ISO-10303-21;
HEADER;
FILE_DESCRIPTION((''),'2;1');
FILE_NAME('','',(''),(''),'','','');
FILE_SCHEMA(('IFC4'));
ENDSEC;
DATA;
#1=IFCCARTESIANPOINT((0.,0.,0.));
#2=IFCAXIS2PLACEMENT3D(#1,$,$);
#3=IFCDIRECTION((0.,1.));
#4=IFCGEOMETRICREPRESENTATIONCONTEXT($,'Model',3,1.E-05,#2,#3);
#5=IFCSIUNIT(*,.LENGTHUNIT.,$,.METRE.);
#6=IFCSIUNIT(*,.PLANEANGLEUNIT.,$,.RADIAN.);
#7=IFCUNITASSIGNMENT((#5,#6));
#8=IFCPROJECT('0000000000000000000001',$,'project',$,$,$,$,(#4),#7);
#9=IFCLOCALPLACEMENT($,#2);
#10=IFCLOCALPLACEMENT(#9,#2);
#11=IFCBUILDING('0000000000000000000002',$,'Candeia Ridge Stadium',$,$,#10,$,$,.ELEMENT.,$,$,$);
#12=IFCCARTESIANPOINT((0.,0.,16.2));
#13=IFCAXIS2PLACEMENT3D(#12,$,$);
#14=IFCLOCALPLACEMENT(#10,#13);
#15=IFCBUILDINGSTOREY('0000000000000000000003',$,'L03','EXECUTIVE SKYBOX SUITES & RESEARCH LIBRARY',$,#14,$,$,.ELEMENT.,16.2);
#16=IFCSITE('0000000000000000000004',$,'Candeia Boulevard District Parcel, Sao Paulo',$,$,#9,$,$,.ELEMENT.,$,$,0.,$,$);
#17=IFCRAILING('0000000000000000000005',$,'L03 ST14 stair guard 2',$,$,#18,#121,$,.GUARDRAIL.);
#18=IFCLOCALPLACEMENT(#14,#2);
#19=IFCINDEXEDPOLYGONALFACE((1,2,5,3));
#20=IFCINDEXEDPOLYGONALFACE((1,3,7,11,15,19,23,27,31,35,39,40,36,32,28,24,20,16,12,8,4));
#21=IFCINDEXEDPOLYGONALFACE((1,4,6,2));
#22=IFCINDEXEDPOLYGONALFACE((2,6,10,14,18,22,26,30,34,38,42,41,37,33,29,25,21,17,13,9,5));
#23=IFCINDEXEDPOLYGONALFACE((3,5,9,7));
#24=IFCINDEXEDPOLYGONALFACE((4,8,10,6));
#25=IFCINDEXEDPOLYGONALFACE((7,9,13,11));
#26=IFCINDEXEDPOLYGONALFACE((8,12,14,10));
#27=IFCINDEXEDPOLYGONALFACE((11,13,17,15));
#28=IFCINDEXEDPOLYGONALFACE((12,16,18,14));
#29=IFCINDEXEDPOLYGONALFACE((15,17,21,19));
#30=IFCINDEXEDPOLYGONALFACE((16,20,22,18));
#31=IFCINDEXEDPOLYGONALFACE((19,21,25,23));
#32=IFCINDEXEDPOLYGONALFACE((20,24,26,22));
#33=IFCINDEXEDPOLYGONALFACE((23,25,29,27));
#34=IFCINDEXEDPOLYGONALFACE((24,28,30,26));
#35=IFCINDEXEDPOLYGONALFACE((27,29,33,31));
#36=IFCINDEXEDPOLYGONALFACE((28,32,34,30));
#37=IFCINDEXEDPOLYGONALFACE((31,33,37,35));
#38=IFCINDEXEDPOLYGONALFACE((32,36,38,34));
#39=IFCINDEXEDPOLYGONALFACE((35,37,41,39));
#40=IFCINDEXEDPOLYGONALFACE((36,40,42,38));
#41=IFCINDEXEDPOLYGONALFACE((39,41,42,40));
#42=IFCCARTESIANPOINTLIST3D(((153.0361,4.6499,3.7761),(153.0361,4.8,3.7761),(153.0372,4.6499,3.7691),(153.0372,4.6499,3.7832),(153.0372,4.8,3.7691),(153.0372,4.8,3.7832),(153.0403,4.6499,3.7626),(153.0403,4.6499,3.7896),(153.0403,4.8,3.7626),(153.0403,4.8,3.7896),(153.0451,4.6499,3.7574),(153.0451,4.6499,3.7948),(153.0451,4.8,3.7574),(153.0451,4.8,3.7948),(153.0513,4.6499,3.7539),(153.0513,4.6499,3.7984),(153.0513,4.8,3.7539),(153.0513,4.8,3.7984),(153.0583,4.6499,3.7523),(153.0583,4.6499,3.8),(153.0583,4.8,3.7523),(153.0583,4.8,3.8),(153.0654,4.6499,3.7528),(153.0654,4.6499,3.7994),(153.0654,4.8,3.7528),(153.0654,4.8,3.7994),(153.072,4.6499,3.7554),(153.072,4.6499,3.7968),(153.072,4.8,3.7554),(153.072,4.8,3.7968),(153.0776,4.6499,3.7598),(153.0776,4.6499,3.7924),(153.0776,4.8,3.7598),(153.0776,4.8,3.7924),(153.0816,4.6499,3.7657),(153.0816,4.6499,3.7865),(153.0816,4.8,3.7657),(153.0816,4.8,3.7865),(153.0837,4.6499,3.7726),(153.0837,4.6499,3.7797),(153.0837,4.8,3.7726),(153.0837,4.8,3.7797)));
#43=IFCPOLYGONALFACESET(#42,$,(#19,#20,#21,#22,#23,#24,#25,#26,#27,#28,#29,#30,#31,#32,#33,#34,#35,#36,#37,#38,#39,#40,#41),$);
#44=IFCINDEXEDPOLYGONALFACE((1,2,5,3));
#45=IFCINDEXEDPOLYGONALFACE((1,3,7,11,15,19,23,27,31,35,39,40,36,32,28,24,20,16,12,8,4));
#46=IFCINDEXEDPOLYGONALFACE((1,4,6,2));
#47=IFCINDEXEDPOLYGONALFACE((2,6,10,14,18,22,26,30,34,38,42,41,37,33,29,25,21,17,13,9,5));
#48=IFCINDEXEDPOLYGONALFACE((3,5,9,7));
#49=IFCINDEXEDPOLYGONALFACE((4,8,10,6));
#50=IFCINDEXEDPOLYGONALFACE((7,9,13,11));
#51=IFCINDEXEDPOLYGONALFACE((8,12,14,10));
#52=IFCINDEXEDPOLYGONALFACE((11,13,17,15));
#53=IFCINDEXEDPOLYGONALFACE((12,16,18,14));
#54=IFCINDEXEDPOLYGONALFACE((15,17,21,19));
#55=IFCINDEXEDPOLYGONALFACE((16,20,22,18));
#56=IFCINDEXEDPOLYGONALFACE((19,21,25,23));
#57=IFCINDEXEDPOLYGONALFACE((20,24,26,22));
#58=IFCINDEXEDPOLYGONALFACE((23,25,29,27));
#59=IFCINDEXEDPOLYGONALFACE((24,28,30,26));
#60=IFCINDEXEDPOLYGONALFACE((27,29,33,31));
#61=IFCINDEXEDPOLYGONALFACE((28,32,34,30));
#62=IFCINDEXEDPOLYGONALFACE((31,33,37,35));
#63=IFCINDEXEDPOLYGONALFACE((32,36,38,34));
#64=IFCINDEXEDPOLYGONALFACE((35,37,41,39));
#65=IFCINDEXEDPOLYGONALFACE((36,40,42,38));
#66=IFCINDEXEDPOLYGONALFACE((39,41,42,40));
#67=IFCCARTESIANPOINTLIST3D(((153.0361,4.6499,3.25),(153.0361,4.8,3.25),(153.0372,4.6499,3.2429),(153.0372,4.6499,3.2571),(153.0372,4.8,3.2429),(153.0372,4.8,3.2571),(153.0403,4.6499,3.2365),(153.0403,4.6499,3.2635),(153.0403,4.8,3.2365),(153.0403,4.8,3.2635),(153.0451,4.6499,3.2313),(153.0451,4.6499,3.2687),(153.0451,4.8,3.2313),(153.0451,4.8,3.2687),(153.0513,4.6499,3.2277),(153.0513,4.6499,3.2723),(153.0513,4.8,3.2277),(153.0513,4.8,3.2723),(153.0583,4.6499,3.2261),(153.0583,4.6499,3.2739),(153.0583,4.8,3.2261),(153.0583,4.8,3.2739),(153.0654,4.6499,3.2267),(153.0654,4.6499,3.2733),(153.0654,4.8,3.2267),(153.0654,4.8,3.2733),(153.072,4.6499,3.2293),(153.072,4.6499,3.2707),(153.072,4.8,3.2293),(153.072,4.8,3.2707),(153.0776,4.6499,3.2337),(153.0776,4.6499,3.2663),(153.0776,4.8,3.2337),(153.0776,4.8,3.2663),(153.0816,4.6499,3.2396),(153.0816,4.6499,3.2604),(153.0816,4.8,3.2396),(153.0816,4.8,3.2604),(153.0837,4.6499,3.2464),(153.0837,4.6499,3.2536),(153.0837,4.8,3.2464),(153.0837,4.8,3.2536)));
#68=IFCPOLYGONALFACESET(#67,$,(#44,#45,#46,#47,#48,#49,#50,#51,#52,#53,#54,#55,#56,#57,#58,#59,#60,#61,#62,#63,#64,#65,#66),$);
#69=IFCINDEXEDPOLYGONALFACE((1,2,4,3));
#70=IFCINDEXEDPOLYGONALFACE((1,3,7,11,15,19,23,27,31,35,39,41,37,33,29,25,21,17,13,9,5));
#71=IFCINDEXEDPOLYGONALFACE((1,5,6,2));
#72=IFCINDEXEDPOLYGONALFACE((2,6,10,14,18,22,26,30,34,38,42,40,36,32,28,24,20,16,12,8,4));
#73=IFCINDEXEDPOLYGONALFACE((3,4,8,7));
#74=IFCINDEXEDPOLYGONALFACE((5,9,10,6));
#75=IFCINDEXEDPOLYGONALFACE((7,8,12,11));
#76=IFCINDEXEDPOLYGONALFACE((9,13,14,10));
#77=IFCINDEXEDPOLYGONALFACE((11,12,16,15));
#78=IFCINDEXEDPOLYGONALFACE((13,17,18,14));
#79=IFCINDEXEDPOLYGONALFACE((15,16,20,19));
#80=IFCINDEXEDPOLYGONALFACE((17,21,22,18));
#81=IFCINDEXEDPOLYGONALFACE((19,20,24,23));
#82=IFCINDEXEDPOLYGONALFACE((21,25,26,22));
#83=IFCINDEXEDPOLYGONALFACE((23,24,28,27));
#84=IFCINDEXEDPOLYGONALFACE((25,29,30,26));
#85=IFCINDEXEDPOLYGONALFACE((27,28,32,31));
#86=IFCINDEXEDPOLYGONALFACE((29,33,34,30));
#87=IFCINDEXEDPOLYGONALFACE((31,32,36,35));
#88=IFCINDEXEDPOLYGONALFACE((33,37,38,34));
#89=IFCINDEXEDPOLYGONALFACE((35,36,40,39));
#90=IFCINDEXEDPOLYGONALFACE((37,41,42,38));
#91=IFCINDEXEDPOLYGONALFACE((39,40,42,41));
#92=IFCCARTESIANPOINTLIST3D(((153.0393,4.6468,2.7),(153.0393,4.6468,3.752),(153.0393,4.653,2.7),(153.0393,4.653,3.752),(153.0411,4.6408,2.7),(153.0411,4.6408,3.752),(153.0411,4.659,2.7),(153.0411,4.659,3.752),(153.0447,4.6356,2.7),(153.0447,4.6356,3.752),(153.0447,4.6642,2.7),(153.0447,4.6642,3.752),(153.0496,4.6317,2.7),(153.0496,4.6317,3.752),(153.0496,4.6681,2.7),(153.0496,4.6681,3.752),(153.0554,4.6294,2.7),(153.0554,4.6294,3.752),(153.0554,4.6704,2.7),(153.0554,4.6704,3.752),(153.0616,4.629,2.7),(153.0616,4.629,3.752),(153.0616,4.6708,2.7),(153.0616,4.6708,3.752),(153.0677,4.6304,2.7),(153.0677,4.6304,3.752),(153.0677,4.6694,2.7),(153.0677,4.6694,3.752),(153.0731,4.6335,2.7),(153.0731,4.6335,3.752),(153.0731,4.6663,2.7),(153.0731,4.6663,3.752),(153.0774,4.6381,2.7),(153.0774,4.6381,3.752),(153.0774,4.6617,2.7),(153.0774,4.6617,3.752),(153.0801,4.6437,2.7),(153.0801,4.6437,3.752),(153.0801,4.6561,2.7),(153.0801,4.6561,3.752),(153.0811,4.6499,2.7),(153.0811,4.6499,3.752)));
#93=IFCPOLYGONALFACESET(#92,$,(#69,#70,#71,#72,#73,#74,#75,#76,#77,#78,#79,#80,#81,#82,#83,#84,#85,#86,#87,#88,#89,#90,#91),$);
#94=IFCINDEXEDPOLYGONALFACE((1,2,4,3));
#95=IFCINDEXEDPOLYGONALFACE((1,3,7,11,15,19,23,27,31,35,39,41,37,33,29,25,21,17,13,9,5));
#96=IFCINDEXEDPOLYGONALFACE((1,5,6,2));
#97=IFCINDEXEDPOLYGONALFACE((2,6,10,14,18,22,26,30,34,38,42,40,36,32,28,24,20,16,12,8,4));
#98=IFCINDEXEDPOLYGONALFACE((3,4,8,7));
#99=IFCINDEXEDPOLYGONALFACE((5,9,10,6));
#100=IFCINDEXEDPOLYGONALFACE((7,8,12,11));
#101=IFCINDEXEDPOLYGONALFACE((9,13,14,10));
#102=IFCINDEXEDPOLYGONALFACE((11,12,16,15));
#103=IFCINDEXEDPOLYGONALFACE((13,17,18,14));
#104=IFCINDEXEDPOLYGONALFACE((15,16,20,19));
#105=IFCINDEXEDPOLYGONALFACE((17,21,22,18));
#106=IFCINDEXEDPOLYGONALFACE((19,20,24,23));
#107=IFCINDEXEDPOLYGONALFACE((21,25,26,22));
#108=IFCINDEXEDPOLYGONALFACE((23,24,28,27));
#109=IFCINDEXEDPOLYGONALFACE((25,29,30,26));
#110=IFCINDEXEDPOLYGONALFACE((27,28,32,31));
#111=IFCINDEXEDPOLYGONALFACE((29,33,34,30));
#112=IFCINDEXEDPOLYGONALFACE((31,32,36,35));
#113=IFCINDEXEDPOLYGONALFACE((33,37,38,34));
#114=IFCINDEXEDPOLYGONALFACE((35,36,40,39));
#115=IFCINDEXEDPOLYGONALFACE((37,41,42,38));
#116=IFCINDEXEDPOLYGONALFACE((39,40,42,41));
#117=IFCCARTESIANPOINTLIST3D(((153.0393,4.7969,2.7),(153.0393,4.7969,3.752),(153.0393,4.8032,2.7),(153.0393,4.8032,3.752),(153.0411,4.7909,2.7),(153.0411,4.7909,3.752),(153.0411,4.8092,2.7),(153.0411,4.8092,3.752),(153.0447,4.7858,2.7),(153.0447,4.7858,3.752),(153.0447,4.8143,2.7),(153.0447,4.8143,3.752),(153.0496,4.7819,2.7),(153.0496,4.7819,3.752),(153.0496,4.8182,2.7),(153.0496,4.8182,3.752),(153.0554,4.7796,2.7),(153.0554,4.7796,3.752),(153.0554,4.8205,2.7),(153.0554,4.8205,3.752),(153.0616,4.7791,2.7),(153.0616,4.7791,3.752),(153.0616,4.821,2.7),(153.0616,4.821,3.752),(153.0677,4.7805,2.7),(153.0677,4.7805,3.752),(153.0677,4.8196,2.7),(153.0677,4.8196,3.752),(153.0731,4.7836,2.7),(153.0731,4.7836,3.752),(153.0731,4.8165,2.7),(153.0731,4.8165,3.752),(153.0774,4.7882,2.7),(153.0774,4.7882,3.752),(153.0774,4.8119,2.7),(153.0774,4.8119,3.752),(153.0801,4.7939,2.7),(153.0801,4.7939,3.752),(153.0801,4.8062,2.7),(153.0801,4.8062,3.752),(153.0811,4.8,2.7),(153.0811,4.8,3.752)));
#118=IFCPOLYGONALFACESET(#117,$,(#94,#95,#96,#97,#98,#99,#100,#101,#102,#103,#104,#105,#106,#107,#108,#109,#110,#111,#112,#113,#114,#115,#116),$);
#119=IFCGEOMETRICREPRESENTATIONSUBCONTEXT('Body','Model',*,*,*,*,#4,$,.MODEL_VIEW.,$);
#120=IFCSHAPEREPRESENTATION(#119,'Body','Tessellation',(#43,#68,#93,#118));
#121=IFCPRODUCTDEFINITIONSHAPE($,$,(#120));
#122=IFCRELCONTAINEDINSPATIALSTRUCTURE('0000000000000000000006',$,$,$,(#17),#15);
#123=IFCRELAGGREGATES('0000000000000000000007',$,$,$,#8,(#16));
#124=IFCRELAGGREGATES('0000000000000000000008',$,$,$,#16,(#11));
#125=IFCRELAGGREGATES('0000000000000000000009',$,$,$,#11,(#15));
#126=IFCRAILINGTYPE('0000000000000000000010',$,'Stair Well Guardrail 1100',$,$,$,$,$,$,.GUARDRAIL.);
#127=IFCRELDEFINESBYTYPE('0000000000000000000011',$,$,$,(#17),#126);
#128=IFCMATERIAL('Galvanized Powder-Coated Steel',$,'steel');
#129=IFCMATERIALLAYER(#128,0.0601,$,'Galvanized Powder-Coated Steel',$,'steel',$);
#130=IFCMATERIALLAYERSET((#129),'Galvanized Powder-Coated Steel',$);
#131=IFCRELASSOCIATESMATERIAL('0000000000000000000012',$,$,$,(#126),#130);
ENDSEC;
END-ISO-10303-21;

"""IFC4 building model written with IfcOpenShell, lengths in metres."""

from ifc_helpers import new_model, si_unit, direction, frame, origin, origin_2d, place, context, subcontext, project, spatial, circle, extrude, material, layer, layer_set, type_object, element, save


model = new_model("IFC4")

# Units and contexts
model_context = context("Model", 3, precision=1e-05, world=origin(), true_north=direction((0.0, 1.0)))
body_context = subcontext(model_context, "Body", "Model", "MODEL_VIEW")
ifc_project = project(units=[si_unit("LENGTHUNIT", "METRE"), si_unit("PLANEANGLEUNIT", "RADIAN")], contexts=[model_context])

# Site, building, storey
site_placement = place(None, origin())
site = spatial("IfcSite", under=ifc_project, at=site_placement, Name="Candeia Boulevard District Parcel, Sao Paulo", CompositionType="ELEMENT", RefElevation=0.0)
building_placement = place(site_placement, origin())
building = spatial("IfcBuilding", under=site, at=building_placement, Name="Candeia Ridge Stadium", CompositionType="ELEMENT")
storey_placement = place(building_placement, frame((0.0, 0.0, 16.2)))
storey = spatial("IfcBuildingStorey", under=building, at=storey_placement, Name="L03", Description="EXECUTIVE SKYBOX SUITES & RESEARCH LIBRARY", CompositionType="ELEMENT", Elevation=16.2)

# Railing
ifc_material_1 = material(Name="Galvanized Powder-Coated Steel", Category="steel")
ifc_layer_1 = layer(ifc_material_1, 0.0601, Name="Galvanized Powder-Coated Steel", Category="steel")
ifc_layer_set_1 = layer_set([ifc_layer_1], Name="Galvanized Powder-Coated Steel")
railing_type_1 = type_object("IfcRailingType", Name="Stair Well Guardrail 1100", PredefinedType="GUARDRAIL", material=ifc_layer_set_1)
railing_1_placement = place(storey_placement, frame((153.0601, 4.6499, 2.7)))
element("IfcRailing", 1, at=railing_1_placement, inside=storey, type_object=railing_type_1, Name="L03 ST14 stair guard 2", PredefinedType="GUARDRAIL", context=body_context, shape_type="SweptSolid", body=[
    extrude(circle(Radius=0.0239, at=origin_2d()), frame((0.0, 0.0, 1.0762), z_axis=(0.0, 1.0, 0.0), x_axis=(-1.0, 0.0, 0.0)), (0.0, 0.0, 1.0), 0.1501),
    extrude(circle(Radius=0.0239, at=origin_2d()), frame((0.0, 0.0, 0.55), z_axis=(0.0, 1.0, 0.0), x_axis=(-1.0, 0.0, 0.0)), (0.0, 0.0, 1.0), 0.1501),
    extrude(circle(Radius=0.021, at=origin_2d()), origin(), (0.0, 0.0, 1.0), 1.052),
    extrude(circle(Radius=0.021, at=origin_2d()), frame((0.0, 0.1501, 0.0)), (0.0, 0.0, 1.0), 1.052),
])

save(model, "model.ifc")
